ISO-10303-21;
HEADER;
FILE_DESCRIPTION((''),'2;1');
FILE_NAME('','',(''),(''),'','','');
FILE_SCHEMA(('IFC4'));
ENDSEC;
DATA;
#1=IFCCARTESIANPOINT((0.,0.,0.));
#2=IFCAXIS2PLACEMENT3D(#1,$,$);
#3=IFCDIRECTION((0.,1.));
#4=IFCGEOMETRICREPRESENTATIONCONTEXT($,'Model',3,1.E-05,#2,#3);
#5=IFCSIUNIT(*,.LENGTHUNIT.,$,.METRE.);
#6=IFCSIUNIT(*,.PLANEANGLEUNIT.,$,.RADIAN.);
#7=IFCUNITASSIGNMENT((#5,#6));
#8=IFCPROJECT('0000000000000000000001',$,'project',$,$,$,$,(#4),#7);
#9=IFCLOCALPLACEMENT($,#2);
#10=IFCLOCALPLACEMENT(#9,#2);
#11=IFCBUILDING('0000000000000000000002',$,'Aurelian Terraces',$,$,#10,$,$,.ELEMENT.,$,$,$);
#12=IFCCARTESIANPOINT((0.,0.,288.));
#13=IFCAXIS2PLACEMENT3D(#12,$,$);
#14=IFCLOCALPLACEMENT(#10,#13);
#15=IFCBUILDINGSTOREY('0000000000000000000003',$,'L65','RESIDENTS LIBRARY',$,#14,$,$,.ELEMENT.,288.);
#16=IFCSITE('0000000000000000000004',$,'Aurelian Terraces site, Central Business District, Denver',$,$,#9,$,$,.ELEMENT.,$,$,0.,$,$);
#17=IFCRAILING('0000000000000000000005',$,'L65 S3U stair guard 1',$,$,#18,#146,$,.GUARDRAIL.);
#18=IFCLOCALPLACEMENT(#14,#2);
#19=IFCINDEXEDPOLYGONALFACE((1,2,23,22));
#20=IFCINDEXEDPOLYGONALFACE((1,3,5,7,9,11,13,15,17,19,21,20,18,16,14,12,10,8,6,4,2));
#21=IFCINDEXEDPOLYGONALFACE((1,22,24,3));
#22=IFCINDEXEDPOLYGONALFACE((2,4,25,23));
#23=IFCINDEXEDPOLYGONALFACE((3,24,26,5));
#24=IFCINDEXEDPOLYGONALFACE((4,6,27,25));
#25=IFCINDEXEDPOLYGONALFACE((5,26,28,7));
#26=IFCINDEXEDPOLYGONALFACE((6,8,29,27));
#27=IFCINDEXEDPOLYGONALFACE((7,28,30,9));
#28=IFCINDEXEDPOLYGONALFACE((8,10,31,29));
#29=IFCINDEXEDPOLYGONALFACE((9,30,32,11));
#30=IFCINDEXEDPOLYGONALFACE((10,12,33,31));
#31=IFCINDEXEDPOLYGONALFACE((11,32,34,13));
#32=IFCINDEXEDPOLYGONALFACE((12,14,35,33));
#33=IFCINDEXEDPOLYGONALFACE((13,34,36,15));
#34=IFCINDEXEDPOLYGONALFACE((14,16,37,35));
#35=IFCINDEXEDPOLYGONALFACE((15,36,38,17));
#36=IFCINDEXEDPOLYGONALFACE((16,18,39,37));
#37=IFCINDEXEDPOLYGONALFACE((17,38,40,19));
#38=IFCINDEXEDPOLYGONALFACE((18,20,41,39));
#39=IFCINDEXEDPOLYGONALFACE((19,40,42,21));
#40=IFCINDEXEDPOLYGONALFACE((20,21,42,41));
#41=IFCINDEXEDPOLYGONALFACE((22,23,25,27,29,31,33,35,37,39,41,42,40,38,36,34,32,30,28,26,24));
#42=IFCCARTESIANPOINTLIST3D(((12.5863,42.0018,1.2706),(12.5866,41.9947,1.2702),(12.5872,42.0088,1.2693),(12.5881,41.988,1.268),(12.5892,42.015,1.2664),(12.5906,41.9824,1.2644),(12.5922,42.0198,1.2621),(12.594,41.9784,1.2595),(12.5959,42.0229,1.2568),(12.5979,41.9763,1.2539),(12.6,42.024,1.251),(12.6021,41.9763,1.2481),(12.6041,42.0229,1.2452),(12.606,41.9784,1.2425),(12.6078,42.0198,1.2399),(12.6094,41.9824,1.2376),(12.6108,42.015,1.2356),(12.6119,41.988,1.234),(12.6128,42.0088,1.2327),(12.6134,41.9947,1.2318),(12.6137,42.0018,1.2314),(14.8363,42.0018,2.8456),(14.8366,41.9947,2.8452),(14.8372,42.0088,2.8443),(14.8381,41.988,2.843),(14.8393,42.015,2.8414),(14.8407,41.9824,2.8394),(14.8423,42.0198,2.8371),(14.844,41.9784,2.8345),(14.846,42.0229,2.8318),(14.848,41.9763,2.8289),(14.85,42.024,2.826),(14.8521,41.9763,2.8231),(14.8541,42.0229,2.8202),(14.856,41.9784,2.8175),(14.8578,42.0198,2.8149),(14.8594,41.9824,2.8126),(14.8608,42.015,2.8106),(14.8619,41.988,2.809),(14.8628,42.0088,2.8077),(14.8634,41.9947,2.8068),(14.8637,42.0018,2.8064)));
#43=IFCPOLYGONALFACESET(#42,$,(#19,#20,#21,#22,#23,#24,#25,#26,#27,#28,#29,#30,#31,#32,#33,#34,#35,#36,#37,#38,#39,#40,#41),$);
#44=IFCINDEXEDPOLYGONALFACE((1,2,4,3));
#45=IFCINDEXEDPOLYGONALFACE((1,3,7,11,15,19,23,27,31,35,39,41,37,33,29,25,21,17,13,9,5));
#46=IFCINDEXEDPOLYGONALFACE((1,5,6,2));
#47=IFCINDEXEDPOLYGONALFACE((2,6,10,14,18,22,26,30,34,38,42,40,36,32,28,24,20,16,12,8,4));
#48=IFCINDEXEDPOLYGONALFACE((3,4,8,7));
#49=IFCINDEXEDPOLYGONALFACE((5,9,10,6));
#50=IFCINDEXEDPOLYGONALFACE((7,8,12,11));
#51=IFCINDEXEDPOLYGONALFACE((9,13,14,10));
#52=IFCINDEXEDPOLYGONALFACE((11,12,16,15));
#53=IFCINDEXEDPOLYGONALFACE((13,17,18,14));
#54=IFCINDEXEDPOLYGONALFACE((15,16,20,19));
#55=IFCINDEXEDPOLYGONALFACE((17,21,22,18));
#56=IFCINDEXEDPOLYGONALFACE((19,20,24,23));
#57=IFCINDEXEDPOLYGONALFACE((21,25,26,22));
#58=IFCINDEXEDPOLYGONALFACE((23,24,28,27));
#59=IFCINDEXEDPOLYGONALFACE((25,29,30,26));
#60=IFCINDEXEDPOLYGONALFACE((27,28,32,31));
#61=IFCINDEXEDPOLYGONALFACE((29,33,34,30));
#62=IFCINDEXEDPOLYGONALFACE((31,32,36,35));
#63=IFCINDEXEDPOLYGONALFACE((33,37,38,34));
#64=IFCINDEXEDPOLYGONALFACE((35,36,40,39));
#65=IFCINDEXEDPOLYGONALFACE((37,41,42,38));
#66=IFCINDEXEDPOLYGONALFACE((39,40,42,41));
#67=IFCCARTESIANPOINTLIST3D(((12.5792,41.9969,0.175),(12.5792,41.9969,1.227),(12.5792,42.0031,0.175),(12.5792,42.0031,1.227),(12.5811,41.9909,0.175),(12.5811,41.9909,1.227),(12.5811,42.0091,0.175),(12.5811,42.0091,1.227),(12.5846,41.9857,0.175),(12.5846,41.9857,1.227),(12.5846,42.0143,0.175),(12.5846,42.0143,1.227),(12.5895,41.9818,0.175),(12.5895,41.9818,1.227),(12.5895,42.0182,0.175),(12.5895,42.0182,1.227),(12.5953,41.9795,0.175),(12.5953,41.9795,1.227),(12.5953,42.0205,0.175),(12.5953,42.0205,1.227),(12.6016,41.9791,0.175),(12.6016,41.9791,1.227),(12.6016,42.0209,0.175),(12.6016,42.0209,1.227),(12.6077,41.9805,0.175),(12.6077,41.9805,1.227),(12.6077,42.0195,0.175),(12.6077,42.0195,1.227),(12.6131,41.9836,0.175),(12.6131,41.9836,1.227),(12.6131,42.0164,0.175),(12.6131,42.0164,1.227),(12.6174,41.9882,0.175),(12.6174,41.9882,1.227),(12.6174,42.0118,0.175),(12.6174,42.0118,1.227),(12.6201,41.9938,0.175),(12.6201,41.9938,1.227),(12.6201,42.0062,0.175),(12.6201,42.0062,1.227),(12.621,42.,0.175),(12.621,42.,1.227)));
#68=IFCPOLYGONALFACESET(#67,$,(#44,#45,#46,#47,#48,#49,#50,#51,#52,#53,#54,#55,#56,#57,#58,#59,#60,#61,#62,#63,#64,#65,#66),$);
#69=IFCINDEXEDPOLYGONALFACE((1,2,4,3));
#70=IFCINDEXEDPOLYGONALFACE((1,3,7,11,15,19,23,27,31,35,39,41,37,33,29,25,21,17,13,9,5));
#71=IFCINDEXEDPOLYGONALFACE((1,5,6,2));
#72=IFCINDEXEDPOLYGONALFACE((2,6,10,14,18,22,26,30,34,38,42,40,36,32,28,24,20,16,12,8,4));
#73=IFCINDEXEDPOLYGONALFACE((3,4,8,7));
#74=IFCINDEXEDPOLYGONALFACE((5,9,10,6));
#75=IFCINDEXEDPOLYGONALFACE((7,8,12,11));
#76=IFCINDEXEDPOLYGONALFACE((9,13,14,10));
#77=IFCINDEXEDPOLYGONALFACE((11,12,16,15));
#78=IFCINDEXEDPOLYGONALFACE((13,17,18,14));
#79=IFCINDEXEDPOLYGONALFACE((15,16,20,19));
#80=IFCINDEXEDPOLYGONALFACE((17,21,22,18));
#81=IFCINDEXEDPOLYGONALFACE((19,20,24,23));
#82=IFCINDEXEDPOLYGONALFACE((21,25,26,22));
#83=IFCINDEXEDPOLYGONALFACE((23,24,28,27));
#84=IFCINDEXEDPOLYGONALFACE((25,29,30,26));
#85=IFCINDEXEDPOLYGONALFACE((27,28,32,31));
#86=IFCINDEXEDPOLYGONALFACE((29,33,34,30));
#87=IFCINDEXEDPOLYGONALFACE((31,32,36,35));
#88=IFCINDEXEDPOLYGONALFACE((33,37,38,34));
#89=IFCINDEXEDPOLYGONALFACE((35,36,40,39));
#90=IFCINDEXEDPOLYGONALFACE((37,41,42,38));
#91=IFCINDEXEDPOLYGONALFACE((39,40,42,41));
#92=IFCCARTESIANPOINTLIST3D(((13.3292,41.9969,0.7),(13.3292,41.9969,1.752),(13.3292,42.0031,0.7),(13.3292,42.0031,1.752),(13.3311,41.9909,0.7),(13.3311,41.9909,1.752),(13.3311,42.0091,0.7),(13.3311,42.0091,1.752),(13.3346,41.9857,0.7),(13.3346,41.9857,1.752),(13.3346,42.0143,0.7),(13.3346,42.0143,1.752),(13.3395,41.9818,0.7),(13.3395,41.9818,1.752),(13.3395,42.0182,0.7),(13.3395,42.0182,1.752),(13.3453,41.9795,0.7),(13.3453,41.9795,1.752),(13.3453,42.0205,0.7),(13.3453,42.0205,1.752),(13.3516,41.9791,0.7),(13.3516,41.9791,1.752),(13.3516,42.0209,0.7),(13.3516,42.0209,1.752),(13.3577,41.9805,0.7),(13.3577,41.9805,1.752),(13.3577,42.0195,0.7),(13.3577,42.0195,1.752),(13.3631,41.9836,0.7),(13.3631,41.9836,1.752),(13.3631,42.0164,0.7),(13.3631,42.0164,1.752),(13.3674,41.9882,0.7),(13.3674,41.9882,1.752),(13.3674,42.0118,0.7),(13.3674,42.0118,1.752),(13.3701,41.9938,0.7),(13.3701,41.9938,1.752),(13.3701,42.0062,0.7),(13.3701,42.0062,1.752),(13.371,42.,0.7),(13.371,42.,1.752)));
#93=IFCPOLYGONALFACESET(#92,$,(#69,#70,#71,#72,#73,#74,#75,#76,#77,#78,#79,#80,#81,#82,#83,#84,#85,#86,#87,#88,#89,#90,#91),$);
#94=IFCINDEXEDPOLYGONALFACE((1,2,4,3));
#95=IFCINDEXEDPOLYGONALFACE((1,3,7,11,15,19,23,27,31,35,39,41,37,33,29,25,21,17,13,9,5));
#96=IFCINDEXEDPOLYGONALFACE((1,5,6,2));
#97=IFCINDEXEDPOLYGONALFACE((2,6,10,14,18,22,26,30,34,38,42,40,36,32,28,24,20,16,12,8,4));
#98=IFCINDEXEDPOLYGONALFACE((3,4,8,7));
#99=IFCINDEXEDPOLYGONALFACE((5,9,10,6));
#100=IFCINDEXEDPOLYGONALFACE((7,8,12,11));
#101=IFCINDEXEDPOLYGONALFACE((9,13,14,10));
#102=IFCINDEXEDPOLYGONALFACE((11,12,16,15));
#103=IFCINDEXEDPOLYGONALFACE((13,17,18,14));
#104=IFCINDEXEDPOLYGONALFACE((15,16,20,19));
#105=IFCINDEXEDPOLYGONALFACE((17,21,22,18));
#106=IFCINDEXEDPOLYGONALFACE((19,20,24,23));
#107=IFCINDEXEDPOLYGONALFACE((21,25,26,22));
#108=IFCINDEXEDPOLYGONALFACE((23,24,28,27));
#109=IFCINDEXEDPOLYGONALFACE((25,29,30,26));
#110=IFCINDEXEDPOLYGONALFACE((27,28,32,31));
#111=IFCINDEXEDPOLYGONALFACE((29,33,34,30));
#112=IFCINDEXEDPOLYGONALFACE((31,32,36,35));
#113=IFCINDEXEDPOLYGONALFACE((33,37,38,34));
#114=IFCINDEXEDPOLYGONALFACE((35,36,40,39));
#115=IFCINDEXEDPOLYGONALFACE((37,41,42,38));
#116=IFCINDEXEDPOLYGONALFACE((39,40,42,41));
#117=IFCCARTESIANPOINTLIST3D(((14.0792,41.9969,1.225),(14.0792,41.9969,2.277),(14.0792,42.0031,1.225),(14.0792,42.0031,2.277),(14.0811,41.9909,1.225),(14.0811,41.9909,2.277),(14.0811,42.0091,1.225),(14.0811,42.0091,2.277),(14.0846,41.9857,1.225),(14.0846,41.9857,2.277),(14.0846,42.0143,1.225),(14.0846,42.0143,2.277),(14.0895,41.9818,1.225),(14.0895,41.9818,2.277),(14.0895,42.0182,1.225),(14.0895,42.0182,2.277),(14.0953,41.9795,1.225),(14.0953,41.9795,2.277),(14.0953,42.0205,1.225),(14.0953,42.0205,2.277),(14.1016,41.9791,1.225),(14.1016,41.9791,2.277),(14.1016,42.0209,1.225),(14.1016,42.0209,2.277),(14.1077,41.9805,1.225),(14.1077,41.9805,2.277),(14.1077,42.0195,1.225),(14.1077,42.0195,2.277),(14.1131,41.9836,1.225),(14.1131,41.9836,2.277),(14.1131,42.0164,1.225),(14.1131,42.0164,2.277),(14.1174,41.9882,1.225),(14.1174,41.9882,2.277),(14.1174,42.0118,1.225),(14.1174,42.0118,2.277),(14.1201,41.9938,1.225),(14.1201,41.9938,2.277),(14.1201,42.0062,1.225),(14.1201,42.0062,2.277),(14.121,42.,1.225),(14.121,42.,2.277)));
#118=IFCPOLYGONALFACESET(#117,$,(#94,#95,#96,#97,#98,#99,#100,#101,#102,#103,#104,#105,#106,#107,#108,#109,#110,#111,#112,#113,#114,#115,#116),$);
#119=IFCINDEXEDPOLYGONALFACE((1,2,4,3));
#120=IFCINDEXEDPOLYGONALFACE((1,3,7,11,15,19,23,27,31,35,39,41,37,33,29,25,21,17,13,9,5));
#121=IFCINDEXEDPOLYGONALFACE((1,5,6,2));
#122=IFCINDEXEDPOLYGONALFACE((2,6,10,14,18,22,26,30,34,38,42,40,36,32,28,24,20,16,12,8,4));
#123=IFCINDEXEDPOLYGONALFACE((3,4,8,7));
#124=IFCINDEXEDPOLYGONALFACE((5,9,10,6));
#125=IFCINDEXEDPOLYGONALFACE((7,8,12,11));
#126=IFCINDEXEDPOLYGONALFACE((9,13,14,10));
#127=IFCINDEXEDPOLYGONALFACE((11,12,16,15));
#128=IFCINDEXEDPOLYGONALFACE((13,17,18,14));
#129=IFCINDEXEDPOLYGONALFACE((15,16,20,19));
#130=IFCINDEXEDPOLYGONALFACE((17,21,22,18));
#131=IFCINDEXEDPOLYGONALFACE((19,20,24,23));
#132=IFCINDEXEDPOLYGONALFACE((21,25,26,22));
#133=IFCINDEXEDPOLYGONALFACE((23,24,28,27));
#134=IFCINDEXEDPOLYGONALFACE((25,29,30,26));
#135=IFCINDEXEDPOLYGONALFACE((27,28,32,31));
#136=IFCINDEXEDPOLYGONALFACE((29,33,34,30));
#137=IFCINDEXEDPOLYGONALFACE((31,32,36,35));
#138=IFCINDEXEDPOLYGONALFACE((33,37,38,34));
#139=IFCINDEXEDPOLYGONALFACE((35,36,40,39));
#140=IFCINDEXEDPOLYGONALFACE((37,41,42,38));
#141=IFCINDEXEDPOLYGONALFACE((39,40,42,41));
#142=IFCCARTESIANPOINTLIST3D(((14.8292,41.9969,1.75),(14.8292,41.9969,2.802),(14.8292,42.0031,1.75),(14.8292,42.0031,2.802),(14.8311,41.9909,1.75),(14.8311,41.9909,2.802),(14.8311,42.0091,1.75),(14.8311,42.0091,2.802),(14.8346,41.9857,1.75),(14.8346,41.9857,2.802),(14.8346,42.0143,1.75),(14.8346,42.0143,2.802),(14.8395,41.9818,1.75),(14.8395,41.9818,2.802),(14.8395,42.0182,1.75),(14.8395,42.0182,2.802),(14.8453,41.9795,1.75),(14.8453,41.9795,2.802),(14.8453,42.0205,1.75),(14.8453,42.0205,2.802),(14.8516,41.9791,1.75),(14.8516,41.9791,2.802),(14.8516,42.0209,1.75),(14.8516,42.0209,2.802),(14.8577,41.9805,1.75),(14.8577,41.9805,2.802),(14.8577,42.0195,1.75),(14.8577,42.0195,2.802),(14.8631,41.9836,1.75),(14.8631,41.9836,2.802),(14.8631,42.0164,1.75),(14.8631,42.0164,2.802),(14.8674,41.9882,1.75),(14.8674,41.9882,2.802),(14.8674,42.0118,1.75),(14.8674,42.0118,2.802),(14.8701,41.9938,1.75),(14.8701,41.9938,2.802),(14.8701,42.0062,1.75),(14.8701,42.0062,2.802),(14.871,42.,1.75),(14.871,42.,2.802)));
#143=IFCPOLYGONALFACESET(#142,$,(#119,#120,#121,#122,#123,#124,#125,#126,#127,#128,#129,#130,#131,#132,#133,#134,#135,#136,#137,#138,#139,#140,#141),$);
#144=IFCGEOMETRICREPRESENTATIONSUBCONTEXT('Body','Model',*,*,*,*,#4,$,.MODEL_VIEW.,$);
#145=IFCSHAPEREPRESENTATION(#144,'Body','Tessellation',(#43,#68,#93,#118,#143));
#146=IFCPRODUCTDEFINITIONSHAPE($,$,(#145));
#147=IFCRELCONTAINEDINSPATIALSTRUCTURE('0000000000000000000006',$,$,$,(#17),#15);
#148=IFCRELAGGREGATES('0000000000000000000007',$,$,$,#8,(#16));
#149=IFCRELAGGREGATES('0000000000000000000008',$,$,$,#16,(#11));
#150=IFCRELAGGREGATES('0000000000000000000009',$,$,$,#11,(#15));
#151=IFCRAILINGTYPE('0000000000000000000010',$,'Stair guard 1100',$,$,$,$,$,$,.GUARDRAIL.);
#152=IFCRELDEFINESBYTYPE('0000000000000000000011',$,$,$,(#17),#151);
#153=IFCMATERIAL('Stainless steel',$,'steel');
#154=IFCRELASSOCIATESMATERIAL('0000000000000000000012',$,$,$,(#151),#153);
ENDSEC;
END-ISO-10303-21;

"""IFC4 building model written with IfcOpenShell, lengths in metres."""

from ifc_helpers import new_model, si_unit, direction, frame, origin, origin_2d, place, context, subcontext, project, spatial, circle, extrude, source, transform, mapped, material, type_object, element, save


model = new_model("IFC4")

# Units and contexts
model_context = context("Model", 3, precision=1e-05, world=origin(), true_north=direction((0.0, 1.0)))
body_context = subcontext(model_context, "Body", "Model", "MODEL_VIEW")
ifc_project = project(units=[si_unit("LENGTHUNIT", "METRE"), si_unit("PLANEANGLEUNIT", "RADIAN")], contexts=[model_context])

# Site, building, storey
site_placement = place(None, origin())
site = spatial("IfcSite", under=ifc_project, at=site_placement, Name="Aurelian Terraces site, Central Business District, Denver", CompositionType="ELEMENT", RefElevation=0.0)
building_placement = place(site_placement, origin())
building = spatial("IfcBuilding", under=site, at=building_placement, Name="Aurelian Terraces", CompositionType="ELEMENT")
storey_placement = place(building_placement, frame((0.0, 0.0, 288.0)))
storey = spatial("IfcBuildingStorey", under=building, at=storey_placement, Name="L65", Description="RESIDENTS LIBRARY", CompositionType="ELEMENT", Elevation=288.0)

# Railing
ifc_material_1 = material(Name="Stainless steel", Category="steel")
railing_type_1 = type_object("IfcRailingType", Name="Stair guard 1100", PredefinedType="GUARDRAIL", material=ifc_material_1)
shared_shape_1 = source(origin(), body_context, "Body", "SweptSolid", [
    extrude(circle(Radius=0.024, at=origin_2d()), frame((0.0, 0.0, 1.076), z_axis=(0.819232, 0.0, 0.573462), x_axis=(0.0, 1.0, 0.0)), (0.0, 0.0, 1.0), 2.7465),
    extrude(circle(Radius=0.021, at=origin_2d()), origin(), (0.0, 0.0, 1.0), 1.052),
    extrude(circle(Radius=0.021, at=origin_2d()), frame((0.75, 0.0, 0.525)), (0.0, 0.0, 1.0), 1.052),
    extrude(circle(Radius=0.021, at=origin_2d()), frame((1.5, 0.0, 1.05)), (0.0, 0.0, 1.0), 1.052),
    extrude(circle(Radius=0.021, at=origin_2d()), frame((2.25, 0.0, 1.575)), (0.0, 0.0, 1.0), 1.052),
])
railing_1_placement = place(storey_placement, frame((12.6, 42.0, 0.175)))
element("IfcRailing", 1, at=railing_1_placement, inside=storey, type_object=railing_type_1, Name="L65 S3U stair guard 1", PredefinedType="GUARDRAIL", context=body_context, shape_type="MappedRepresentation", body=[
    mapped(shared_shape_1, transform((0.0, 0.0, 0.0), scale=1.0)),
])

save(model, "model.ifc")
